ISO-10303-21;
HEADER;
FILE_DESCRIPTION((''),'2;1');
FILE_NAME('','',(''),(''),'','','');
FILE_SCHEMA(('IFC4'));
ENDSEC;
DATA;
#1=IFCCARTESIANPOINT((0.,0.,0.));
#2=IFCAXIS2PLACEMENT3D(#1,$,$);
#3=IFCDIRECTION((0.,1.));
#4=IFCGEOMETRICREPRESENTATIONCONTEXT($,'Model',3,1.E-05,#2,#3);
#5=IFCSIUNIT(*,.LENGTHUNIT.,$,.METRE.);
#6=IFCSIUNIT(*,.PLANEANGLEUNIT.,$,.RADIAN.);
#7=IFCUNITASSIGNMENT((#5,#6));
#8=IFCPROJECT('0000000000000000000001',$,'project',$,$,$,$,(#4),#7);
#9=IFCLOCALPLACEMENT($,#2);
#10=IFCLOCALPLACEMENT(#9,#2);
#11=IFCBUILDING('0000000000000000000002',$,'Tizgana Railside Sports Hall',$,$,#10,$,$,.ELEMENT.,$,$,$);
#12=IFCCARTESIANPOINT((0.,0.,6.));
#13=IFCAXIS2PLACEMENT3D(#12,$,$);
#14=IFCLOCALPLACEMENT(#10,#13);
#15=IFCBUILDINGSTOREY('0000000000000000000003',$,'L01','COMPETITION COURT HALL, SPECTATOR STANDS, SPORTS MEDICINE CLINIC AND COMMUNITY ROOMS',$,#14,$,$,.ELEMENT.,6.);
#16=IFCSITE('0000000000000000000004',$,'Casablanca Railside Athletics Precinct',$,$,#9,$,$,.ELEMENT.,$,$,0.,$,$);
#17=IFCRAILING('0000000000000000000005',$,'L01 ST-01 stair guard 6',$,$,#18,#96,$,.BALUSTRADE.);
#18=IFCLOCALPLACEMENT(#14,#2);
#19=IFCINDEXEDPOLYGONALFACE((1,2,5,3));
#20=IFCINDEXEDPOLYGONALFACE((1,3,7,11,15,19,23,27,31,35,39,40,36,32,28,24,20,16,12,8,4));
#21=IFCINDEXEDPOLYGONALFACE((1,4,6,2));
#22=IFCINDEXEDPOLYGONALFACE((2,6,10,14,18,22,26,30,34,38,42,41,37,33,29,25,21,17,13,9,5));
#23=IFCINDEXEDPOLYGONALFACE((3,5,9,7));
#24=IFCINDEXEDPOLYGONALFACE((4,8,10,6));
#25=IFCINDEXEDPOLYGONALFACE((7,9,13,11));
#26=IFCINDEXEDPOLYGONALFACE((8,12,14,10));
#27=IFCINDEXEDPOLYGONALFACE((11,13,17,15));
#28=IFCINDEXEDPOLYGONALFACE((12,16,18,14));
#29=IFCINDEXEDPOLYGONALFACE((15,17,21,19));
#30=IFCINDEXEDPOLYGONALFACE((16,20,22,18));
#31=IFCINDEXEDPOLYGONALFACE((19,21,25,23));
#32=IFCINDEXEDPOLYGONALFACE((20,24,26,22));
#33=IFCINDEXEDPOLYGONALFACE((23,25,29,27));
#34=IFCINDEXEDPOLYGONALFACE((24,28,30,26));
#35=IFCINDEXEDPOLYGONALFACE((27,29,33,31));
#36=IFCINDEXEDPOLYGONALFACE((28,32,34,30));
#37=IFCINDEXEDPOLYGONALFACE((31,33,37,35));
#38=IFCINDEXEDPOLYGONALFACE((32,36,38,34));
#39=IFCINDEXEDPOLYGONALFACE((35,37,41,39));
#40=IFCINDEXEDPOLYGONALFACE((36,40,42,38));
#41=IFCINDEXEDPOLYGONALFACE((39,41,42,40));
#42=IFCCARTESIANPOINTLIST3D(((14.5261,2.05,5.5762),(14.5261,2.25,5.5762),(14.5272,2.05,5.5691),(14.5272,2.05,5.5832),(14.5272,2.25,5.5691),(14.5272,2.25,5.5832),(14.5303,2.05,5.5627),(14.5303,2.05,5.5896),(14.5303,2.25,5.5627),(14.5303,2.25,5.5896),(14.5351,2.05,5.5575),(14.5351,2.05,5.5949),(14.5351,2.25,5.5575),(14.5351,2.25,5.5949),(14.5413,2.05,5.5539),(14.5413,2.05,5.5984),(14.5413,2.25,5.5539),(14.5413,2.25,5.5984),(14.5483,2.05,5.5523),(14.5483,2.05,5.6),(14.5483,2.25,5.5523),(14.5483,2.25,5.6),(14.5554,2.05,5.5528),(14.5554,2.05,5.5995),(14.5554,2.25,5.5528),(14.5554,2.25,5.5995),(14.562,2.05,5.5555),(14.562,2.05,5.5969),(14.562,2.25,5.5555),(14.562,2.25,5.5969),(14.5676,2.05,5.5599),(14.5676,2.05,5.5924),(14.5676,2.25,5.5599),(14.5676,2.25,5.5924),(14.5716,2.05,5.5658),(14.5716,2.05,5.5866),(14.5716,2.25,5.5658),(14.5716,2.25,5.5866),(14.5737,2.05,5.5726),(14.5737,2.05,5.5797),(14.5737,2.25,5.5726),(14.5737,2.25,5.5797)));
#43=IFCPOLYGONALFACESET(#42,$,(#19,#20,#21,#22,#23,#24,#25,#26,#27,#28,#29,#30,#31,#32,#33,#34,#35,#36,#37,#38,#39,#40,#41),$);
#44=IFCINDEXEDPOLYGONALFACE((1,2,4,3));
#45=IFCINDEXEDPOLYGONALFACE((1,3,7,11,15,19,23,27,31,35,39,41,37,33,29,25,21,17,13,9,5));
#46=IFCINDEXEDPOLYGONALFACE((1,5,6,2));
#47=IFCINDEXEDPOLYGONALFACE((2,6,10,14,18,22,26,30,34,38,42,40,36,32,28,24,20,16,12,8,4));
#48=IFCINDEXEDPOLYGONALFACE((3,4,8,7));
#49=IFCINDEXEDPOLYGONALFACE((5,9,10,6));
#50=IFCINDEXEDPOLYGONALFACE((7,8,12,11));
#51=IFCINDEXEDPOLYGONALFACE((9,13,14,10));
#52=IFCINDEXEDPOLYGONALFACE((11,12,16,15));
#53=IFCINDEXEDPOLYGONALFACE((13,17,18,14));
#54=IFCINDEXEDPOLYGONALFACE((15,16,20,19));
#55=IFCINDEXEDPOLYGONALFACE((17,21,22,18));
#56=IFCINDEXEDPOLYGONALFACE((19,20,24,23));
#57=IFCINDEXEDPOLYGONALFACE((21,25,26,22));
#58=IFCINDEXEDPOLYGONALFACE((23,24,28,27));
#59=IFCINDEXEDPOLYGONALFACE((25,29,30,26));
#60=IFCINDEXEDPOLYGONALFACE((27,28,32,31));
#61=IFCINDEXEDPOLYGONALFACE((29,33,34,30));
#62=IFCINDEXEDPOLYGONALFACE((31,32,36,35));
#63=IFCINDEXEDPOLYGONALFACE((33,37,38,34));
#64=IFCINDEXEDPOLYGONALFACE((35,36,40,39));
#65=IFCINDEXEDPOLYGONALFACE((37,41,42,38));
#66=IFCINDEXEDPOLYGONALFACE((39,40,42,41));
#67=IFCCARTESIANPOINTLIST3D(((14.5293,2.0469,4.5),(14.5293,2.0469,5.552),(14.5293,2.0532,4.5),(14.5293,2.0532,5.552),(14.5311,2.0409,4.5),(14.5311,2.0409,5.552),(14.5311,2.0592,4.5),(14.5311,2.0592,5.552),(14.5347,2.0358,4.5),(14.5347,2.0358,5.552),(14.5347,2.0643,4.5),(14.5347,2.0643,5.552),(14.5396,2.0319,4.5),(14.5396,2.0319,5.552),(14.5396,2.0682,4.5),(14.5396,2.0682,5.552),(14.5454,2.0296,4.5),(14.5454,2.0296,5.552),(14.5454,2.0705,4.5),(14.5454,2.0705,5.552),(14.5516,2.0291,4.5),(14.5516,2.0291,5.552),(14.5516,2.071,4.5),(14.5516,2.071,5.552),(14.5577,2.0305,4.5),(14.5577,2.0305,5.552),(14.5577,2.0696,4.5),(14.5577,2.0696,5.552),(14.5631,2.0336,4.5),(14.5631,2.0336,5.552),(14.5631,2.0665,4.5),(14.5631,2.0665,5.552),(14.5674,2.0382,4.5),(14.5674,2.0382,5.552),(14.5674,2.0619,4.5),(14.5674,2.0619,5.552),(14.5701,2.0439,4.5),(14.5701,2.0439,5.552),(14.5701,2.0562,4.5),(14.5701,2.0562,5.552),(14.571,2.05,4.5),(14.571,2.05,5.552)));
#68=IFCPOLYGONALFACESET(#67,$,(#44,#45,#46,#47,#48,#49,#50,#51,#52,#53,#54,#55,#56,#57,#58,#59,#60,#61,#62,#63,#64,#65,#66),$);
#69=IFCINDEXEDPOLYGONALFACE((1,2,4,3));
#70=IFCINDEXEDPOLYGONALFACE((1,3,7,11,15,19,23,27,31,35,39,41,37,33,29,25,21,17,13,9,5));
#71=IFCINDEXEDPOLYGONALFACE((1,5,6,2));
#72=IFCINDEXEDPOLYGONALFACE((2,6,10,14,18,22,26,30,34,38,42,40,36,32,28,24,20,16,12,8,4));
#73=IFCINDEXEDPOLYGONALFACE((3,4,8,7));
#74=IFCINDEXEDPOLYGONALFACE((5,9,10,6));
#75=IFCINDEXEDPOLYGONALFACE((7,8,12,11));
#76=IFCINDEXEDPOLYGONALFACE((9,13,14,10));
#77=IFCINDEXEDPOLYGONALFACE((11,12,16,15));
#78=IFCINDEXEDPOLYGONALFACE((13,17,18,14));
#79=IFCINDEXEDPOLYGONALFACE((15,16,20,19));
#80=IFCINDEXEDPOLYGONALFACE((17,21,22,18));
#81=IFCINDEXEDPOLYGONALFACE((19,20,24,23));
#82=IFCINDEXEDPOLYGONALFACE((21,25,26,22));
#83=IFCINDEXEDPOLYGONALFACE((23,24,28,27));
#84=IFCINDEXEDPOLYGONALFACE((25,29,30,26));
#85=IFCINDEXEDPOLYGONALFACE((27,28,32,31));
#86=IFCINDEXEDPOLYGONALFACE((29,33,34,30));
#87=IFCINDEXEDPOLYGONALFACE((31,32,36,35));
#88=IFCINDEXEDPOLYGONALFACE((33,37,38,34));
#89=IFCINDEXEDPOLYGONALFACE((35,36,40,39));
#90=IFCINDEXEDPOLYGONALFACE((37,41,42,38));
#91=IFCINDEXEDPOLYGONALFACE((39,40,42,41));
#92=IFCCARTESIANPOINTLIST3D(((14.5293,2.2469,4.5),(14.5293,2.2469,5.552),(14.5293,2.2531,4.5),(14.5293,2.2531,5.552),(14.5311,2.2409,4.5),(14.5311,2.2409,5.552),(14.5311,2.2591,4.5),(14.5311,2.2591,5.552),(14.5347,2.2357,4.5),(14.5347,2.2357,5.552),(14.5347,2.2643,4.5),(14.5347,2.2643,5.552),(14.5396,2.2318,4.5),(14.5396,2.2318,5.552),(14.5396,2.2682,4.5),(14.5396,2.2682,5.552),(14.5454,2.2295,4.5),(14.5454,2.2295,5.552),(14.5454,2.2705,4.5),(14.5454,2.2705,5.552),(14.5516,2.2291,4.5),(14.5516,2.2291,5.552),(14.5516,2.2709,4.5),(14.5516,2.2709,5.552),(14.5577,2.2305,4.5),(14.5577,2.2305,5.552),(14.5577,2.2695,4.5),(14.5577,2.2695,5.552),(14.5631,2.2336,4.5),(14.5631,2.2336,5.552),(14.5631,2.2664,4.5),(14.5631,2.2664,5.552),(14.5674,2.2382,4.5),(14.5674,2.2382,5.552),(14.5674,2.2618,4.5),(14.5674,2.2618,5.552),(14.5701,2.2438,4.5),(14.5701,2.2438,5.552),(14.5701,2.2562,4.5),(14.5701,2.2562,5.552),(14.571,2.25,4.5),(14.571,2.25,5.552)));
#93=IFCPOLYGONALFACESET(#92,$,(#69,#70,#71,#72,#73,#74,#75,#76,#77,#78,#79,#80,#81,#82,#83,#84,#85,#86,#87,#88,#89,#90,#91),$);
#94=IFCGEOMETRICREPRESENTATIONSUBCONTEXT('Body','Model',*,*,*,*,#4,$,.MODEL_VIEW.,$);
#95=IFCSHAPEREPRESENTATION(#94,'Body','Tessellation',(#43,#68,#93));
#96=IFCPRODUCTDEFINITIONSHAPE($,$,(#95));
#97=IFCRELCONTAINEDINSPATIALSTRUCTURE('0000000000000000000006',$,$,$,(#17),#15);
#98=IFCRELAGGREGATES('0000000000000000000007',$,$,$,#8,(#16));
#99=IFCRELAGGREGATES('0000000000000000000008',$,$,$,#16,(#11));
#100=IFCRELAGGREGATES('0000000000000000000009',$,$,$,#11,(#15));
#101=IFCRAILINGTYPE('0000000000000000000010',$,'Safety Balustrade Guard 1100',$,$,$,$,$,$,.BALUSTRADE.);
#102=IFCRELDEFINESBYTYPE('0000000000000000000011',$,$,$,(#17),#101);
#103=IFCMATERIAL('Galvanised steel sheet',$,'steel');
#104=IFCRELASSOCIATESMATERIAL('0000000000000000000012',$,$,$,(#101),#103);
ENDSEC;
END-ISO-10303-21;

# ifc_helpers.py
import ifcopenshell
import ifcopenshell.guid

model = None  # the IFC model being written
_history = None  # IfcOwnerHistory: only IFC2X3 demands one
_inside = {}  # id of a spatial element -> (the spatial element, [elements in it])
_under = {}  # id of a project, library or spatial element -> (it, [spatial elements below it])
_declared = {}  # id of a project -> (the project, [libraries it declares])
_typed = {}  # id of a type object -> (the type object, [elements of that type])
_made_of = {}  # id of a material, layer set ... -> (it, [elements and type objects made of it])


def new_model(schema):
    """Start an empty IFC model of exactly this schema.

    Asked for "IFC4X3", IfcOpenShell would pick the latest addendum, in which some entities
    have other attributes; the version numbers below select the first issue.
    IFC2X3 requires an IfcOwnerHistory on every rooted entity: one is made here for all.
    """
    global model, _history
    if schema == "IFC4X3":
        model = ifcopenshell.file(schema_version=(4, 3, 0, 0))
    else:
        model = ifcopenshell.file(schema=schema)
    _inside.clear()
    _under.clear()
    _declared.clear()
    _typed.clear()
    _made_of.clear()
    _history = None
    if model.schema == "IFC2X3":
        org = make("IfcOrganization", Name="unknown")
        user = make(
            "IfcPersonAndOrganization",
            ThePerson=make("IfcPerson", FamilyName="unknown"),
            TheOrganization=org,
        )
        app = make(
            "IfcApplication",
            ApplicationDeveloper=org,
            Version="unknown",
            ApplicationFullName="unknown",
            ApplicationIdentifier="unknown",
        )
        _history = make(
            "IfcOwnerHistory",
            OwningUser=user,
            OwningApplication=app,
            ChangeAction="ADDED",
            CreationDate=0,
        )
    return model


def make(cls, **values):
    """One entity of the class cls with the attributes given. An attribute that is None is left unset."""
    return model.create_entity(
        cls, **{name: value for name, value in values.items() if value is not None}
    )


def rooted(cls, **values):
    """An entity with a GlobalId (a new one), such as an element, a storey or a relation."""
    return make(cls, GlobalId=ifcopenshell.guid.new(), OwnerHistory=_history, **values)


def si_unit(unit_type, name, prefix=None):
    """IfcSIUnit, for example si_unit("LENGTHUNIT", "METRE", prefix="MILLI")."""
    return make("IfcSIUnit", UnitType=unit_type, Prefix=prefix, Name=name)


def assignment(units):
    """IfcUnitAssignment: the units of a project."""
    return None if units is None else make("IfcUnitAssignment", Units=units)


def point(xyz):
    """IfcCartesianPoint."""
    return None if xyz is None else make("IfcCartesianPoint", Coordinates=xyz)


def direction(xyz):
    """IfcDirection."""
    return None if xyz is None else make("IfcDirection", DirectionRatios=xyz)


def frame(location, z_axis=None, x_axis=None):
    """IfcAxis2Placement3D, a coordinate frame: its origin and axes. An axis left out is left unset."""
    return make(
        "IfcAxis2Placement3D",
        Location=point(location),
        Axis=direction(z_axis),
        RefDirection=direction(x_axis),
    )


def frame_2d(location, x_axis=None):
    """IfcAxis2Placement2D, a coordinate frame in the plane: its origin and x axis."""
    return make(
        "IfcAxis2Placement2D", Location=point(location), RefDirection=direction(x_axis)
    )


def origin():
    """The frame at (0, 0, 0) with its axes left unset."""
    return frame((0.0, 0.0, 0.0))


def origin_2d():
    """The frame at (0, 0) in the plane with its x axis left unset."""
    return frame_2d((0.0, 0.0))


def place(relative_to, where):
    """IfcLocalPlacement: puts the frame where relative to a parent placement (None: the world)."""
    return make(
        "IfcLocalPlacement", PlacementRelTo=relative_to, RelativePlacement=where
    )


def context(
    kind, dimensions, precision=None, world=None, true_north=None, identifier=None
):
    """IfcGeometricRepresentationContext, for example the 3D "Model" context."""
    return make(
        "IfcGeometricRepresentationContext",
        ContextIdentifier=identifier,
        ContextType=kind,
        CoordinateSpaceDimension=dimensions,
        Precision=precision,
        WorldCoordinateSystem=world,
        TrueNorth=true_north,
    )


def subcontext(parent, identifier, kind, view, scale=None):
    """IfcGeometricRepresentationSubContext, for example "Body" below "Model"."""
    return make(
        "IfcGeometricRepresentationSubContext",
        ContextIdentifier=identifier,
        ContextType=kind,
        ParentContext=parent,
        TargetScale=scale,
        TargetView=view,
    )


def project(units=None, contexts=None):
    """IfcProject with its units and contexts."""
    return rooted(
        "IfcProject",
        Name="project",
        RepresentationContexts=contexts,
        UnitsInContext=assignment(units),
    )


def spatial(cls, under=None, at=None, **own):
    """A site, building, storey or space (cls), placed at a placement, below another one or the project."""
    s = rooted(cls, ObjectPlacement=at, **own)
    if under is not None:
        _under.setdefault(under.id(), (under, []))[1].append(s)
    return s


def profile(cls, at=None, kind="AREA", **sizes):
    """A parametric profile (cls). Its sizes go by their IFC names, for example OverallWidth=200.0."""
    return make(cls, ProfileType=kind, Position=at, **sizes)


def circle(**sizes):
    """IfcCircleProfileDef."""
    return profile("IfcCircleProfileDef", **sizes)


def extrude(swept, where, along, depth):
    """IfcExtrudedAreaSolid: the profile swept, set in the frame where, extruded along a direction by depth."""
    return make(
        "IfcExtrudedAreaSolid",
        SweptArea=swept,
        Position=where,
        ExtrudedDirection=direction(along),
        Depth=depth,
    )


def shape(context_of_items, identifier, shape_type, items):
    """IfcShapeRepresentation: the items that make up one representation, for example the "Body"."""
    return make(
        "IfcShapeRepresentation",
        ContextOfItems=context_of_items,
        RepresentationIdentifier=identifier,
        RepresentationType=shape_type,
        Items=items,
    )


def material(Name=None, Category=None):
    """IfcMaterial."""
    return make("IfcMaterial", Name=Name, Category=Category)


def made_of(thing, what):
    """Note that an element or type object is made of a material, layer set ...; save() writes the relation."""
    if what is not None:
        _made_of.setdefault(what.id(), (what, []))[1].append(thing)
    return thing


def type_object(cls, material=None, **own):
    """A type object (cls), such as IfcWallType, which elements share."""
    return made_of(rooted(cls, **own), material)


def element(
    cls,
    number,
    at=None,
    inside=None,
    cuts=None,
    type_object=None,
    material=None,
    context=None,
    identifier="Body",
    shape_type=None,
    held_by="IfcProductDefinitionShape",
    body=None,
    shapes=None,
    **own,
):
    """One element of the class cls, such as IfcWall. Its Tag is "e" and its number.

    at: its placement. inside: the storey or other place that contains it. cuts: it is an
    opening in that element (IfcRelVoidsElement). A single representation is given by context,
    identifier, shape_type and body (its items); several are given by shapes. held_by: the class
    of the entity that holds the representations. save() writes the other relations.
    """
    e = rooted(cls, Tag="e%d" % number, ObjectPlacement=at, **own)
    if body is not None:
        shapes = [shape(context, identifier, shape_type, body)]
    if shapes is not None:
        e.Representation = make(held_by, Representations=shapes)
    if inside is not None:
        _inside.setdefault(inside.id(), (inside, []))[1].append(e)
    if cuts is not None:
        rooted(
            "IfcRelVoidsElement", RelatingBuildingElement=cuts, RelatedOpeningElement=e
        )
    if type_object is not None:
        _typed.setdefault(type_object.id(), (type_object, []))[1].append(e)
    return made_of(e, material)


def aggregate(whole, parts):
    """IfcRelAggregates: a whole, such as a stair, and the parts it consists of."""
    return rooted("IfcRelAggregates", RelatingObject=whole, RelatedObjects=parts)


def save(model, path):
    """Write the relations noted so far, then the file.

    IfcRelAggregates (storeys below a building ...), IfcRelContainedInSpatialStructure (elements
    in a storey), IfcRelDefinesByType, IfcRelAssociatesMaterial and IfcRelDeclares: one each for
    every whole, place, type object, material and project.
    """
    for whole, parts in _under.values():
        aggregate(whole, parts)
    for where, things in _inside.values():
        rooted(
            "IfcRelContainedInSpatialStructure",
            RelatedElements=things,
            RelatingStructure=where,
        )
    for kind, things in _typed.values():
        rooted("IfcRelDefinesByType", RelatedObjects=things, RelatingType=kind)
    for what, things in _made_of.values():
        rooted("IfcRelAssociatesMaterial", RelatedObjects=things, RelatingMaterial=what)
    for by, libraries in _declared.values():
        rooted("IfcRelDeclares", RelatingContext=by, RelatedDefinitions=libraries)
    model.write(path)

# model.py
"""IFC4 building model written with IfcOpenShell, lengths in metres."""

from ifc_helpers import new_model, si_unit, direction, frame, origin, origin_2d, place, context, subcontext, project, spatial, circle, extrude, material, type_object, element, save


model = new_model("IFC4")

# Units and contexts
model_context = context("Model", 3, precision=1e-05, world=origin(), true_north=direction((0.0, 1.0)))
body_context = subcontext(model_context, "Body", "Model", "MODEL_VIEW")
ifc_project = project(units=[si_unit("LENGTHUNIT", "METRE"), si_unit("PLANEANGLEUNIT", "RADIAN")], contexts=[model_context])

# Site, building, storey
site_placement = place(None, origin())
site = spatial("IfcSite", under=ifc_project, at=site_placement, Name="Casablanca Railside Athletics Precinct", CompositionType="ELEMENT", RefElevation=0.0)
building_placement = place(site_placement, origin())
building = spatial("IfcBuilding", under=site, at=building_placement, Name="Tizgana Railside Sports Hall", CompositionType="ELEMENT")
storey_placement = place(building_placement, frame((0.0, 0.0, 6.0)))
storey = spatial("IfcBuildingStorey", under=building, at=storey_placement, Name="L01", Description="COMPETITION COURT HALL, SPECTATOR STANDS, SPORTS MEDICINE CLINIC AND COMMUNITY ROOMS", CompositionType="ELEMENT", Elevation=6.0)

# Railing
ifc_material_1 = material(Name="Galvanised steel sheet", Category="steel")
railing_type_1 = type_object("IfcRailingType", Name="Safety Balustrade Guard 1100", PredefinedType="BALUSTRADE", material=ifc_material_1)
railing_1_placement = place(storey_placement, frame((14.55, 2.05, 4.5)))
element("IfcRailing", 1, at=railing_1_placement, inside=storey, type_object=railing_type_1, Name="L01 ST-01 stair guard 6", PredefinedType="BALUSTRADE", context=body_context, shape_type="SweptSolid", body=[
    extrude(circle(Radius=0.0239, at=origin_2d()), frame((0.0, 0.0, 1.0762), z_axis=(0.0, 1.0, 0.0), x_axis=(-1.0, 0.0, 0.0)), (0.0, 0.0, 1.0), 0.2),
    extrude(circle(Radius=0.021, at=origin_2d()), origin(), (0.0, 0.0, 1.0), 1.052),
    extrude(circle(Radius=0.021, at=origin_2d()), frame((0.0, 0.2, 0.0)), (0.0, 0.0, 1.0), 1.052),
])

save(model, "model.ifc")
